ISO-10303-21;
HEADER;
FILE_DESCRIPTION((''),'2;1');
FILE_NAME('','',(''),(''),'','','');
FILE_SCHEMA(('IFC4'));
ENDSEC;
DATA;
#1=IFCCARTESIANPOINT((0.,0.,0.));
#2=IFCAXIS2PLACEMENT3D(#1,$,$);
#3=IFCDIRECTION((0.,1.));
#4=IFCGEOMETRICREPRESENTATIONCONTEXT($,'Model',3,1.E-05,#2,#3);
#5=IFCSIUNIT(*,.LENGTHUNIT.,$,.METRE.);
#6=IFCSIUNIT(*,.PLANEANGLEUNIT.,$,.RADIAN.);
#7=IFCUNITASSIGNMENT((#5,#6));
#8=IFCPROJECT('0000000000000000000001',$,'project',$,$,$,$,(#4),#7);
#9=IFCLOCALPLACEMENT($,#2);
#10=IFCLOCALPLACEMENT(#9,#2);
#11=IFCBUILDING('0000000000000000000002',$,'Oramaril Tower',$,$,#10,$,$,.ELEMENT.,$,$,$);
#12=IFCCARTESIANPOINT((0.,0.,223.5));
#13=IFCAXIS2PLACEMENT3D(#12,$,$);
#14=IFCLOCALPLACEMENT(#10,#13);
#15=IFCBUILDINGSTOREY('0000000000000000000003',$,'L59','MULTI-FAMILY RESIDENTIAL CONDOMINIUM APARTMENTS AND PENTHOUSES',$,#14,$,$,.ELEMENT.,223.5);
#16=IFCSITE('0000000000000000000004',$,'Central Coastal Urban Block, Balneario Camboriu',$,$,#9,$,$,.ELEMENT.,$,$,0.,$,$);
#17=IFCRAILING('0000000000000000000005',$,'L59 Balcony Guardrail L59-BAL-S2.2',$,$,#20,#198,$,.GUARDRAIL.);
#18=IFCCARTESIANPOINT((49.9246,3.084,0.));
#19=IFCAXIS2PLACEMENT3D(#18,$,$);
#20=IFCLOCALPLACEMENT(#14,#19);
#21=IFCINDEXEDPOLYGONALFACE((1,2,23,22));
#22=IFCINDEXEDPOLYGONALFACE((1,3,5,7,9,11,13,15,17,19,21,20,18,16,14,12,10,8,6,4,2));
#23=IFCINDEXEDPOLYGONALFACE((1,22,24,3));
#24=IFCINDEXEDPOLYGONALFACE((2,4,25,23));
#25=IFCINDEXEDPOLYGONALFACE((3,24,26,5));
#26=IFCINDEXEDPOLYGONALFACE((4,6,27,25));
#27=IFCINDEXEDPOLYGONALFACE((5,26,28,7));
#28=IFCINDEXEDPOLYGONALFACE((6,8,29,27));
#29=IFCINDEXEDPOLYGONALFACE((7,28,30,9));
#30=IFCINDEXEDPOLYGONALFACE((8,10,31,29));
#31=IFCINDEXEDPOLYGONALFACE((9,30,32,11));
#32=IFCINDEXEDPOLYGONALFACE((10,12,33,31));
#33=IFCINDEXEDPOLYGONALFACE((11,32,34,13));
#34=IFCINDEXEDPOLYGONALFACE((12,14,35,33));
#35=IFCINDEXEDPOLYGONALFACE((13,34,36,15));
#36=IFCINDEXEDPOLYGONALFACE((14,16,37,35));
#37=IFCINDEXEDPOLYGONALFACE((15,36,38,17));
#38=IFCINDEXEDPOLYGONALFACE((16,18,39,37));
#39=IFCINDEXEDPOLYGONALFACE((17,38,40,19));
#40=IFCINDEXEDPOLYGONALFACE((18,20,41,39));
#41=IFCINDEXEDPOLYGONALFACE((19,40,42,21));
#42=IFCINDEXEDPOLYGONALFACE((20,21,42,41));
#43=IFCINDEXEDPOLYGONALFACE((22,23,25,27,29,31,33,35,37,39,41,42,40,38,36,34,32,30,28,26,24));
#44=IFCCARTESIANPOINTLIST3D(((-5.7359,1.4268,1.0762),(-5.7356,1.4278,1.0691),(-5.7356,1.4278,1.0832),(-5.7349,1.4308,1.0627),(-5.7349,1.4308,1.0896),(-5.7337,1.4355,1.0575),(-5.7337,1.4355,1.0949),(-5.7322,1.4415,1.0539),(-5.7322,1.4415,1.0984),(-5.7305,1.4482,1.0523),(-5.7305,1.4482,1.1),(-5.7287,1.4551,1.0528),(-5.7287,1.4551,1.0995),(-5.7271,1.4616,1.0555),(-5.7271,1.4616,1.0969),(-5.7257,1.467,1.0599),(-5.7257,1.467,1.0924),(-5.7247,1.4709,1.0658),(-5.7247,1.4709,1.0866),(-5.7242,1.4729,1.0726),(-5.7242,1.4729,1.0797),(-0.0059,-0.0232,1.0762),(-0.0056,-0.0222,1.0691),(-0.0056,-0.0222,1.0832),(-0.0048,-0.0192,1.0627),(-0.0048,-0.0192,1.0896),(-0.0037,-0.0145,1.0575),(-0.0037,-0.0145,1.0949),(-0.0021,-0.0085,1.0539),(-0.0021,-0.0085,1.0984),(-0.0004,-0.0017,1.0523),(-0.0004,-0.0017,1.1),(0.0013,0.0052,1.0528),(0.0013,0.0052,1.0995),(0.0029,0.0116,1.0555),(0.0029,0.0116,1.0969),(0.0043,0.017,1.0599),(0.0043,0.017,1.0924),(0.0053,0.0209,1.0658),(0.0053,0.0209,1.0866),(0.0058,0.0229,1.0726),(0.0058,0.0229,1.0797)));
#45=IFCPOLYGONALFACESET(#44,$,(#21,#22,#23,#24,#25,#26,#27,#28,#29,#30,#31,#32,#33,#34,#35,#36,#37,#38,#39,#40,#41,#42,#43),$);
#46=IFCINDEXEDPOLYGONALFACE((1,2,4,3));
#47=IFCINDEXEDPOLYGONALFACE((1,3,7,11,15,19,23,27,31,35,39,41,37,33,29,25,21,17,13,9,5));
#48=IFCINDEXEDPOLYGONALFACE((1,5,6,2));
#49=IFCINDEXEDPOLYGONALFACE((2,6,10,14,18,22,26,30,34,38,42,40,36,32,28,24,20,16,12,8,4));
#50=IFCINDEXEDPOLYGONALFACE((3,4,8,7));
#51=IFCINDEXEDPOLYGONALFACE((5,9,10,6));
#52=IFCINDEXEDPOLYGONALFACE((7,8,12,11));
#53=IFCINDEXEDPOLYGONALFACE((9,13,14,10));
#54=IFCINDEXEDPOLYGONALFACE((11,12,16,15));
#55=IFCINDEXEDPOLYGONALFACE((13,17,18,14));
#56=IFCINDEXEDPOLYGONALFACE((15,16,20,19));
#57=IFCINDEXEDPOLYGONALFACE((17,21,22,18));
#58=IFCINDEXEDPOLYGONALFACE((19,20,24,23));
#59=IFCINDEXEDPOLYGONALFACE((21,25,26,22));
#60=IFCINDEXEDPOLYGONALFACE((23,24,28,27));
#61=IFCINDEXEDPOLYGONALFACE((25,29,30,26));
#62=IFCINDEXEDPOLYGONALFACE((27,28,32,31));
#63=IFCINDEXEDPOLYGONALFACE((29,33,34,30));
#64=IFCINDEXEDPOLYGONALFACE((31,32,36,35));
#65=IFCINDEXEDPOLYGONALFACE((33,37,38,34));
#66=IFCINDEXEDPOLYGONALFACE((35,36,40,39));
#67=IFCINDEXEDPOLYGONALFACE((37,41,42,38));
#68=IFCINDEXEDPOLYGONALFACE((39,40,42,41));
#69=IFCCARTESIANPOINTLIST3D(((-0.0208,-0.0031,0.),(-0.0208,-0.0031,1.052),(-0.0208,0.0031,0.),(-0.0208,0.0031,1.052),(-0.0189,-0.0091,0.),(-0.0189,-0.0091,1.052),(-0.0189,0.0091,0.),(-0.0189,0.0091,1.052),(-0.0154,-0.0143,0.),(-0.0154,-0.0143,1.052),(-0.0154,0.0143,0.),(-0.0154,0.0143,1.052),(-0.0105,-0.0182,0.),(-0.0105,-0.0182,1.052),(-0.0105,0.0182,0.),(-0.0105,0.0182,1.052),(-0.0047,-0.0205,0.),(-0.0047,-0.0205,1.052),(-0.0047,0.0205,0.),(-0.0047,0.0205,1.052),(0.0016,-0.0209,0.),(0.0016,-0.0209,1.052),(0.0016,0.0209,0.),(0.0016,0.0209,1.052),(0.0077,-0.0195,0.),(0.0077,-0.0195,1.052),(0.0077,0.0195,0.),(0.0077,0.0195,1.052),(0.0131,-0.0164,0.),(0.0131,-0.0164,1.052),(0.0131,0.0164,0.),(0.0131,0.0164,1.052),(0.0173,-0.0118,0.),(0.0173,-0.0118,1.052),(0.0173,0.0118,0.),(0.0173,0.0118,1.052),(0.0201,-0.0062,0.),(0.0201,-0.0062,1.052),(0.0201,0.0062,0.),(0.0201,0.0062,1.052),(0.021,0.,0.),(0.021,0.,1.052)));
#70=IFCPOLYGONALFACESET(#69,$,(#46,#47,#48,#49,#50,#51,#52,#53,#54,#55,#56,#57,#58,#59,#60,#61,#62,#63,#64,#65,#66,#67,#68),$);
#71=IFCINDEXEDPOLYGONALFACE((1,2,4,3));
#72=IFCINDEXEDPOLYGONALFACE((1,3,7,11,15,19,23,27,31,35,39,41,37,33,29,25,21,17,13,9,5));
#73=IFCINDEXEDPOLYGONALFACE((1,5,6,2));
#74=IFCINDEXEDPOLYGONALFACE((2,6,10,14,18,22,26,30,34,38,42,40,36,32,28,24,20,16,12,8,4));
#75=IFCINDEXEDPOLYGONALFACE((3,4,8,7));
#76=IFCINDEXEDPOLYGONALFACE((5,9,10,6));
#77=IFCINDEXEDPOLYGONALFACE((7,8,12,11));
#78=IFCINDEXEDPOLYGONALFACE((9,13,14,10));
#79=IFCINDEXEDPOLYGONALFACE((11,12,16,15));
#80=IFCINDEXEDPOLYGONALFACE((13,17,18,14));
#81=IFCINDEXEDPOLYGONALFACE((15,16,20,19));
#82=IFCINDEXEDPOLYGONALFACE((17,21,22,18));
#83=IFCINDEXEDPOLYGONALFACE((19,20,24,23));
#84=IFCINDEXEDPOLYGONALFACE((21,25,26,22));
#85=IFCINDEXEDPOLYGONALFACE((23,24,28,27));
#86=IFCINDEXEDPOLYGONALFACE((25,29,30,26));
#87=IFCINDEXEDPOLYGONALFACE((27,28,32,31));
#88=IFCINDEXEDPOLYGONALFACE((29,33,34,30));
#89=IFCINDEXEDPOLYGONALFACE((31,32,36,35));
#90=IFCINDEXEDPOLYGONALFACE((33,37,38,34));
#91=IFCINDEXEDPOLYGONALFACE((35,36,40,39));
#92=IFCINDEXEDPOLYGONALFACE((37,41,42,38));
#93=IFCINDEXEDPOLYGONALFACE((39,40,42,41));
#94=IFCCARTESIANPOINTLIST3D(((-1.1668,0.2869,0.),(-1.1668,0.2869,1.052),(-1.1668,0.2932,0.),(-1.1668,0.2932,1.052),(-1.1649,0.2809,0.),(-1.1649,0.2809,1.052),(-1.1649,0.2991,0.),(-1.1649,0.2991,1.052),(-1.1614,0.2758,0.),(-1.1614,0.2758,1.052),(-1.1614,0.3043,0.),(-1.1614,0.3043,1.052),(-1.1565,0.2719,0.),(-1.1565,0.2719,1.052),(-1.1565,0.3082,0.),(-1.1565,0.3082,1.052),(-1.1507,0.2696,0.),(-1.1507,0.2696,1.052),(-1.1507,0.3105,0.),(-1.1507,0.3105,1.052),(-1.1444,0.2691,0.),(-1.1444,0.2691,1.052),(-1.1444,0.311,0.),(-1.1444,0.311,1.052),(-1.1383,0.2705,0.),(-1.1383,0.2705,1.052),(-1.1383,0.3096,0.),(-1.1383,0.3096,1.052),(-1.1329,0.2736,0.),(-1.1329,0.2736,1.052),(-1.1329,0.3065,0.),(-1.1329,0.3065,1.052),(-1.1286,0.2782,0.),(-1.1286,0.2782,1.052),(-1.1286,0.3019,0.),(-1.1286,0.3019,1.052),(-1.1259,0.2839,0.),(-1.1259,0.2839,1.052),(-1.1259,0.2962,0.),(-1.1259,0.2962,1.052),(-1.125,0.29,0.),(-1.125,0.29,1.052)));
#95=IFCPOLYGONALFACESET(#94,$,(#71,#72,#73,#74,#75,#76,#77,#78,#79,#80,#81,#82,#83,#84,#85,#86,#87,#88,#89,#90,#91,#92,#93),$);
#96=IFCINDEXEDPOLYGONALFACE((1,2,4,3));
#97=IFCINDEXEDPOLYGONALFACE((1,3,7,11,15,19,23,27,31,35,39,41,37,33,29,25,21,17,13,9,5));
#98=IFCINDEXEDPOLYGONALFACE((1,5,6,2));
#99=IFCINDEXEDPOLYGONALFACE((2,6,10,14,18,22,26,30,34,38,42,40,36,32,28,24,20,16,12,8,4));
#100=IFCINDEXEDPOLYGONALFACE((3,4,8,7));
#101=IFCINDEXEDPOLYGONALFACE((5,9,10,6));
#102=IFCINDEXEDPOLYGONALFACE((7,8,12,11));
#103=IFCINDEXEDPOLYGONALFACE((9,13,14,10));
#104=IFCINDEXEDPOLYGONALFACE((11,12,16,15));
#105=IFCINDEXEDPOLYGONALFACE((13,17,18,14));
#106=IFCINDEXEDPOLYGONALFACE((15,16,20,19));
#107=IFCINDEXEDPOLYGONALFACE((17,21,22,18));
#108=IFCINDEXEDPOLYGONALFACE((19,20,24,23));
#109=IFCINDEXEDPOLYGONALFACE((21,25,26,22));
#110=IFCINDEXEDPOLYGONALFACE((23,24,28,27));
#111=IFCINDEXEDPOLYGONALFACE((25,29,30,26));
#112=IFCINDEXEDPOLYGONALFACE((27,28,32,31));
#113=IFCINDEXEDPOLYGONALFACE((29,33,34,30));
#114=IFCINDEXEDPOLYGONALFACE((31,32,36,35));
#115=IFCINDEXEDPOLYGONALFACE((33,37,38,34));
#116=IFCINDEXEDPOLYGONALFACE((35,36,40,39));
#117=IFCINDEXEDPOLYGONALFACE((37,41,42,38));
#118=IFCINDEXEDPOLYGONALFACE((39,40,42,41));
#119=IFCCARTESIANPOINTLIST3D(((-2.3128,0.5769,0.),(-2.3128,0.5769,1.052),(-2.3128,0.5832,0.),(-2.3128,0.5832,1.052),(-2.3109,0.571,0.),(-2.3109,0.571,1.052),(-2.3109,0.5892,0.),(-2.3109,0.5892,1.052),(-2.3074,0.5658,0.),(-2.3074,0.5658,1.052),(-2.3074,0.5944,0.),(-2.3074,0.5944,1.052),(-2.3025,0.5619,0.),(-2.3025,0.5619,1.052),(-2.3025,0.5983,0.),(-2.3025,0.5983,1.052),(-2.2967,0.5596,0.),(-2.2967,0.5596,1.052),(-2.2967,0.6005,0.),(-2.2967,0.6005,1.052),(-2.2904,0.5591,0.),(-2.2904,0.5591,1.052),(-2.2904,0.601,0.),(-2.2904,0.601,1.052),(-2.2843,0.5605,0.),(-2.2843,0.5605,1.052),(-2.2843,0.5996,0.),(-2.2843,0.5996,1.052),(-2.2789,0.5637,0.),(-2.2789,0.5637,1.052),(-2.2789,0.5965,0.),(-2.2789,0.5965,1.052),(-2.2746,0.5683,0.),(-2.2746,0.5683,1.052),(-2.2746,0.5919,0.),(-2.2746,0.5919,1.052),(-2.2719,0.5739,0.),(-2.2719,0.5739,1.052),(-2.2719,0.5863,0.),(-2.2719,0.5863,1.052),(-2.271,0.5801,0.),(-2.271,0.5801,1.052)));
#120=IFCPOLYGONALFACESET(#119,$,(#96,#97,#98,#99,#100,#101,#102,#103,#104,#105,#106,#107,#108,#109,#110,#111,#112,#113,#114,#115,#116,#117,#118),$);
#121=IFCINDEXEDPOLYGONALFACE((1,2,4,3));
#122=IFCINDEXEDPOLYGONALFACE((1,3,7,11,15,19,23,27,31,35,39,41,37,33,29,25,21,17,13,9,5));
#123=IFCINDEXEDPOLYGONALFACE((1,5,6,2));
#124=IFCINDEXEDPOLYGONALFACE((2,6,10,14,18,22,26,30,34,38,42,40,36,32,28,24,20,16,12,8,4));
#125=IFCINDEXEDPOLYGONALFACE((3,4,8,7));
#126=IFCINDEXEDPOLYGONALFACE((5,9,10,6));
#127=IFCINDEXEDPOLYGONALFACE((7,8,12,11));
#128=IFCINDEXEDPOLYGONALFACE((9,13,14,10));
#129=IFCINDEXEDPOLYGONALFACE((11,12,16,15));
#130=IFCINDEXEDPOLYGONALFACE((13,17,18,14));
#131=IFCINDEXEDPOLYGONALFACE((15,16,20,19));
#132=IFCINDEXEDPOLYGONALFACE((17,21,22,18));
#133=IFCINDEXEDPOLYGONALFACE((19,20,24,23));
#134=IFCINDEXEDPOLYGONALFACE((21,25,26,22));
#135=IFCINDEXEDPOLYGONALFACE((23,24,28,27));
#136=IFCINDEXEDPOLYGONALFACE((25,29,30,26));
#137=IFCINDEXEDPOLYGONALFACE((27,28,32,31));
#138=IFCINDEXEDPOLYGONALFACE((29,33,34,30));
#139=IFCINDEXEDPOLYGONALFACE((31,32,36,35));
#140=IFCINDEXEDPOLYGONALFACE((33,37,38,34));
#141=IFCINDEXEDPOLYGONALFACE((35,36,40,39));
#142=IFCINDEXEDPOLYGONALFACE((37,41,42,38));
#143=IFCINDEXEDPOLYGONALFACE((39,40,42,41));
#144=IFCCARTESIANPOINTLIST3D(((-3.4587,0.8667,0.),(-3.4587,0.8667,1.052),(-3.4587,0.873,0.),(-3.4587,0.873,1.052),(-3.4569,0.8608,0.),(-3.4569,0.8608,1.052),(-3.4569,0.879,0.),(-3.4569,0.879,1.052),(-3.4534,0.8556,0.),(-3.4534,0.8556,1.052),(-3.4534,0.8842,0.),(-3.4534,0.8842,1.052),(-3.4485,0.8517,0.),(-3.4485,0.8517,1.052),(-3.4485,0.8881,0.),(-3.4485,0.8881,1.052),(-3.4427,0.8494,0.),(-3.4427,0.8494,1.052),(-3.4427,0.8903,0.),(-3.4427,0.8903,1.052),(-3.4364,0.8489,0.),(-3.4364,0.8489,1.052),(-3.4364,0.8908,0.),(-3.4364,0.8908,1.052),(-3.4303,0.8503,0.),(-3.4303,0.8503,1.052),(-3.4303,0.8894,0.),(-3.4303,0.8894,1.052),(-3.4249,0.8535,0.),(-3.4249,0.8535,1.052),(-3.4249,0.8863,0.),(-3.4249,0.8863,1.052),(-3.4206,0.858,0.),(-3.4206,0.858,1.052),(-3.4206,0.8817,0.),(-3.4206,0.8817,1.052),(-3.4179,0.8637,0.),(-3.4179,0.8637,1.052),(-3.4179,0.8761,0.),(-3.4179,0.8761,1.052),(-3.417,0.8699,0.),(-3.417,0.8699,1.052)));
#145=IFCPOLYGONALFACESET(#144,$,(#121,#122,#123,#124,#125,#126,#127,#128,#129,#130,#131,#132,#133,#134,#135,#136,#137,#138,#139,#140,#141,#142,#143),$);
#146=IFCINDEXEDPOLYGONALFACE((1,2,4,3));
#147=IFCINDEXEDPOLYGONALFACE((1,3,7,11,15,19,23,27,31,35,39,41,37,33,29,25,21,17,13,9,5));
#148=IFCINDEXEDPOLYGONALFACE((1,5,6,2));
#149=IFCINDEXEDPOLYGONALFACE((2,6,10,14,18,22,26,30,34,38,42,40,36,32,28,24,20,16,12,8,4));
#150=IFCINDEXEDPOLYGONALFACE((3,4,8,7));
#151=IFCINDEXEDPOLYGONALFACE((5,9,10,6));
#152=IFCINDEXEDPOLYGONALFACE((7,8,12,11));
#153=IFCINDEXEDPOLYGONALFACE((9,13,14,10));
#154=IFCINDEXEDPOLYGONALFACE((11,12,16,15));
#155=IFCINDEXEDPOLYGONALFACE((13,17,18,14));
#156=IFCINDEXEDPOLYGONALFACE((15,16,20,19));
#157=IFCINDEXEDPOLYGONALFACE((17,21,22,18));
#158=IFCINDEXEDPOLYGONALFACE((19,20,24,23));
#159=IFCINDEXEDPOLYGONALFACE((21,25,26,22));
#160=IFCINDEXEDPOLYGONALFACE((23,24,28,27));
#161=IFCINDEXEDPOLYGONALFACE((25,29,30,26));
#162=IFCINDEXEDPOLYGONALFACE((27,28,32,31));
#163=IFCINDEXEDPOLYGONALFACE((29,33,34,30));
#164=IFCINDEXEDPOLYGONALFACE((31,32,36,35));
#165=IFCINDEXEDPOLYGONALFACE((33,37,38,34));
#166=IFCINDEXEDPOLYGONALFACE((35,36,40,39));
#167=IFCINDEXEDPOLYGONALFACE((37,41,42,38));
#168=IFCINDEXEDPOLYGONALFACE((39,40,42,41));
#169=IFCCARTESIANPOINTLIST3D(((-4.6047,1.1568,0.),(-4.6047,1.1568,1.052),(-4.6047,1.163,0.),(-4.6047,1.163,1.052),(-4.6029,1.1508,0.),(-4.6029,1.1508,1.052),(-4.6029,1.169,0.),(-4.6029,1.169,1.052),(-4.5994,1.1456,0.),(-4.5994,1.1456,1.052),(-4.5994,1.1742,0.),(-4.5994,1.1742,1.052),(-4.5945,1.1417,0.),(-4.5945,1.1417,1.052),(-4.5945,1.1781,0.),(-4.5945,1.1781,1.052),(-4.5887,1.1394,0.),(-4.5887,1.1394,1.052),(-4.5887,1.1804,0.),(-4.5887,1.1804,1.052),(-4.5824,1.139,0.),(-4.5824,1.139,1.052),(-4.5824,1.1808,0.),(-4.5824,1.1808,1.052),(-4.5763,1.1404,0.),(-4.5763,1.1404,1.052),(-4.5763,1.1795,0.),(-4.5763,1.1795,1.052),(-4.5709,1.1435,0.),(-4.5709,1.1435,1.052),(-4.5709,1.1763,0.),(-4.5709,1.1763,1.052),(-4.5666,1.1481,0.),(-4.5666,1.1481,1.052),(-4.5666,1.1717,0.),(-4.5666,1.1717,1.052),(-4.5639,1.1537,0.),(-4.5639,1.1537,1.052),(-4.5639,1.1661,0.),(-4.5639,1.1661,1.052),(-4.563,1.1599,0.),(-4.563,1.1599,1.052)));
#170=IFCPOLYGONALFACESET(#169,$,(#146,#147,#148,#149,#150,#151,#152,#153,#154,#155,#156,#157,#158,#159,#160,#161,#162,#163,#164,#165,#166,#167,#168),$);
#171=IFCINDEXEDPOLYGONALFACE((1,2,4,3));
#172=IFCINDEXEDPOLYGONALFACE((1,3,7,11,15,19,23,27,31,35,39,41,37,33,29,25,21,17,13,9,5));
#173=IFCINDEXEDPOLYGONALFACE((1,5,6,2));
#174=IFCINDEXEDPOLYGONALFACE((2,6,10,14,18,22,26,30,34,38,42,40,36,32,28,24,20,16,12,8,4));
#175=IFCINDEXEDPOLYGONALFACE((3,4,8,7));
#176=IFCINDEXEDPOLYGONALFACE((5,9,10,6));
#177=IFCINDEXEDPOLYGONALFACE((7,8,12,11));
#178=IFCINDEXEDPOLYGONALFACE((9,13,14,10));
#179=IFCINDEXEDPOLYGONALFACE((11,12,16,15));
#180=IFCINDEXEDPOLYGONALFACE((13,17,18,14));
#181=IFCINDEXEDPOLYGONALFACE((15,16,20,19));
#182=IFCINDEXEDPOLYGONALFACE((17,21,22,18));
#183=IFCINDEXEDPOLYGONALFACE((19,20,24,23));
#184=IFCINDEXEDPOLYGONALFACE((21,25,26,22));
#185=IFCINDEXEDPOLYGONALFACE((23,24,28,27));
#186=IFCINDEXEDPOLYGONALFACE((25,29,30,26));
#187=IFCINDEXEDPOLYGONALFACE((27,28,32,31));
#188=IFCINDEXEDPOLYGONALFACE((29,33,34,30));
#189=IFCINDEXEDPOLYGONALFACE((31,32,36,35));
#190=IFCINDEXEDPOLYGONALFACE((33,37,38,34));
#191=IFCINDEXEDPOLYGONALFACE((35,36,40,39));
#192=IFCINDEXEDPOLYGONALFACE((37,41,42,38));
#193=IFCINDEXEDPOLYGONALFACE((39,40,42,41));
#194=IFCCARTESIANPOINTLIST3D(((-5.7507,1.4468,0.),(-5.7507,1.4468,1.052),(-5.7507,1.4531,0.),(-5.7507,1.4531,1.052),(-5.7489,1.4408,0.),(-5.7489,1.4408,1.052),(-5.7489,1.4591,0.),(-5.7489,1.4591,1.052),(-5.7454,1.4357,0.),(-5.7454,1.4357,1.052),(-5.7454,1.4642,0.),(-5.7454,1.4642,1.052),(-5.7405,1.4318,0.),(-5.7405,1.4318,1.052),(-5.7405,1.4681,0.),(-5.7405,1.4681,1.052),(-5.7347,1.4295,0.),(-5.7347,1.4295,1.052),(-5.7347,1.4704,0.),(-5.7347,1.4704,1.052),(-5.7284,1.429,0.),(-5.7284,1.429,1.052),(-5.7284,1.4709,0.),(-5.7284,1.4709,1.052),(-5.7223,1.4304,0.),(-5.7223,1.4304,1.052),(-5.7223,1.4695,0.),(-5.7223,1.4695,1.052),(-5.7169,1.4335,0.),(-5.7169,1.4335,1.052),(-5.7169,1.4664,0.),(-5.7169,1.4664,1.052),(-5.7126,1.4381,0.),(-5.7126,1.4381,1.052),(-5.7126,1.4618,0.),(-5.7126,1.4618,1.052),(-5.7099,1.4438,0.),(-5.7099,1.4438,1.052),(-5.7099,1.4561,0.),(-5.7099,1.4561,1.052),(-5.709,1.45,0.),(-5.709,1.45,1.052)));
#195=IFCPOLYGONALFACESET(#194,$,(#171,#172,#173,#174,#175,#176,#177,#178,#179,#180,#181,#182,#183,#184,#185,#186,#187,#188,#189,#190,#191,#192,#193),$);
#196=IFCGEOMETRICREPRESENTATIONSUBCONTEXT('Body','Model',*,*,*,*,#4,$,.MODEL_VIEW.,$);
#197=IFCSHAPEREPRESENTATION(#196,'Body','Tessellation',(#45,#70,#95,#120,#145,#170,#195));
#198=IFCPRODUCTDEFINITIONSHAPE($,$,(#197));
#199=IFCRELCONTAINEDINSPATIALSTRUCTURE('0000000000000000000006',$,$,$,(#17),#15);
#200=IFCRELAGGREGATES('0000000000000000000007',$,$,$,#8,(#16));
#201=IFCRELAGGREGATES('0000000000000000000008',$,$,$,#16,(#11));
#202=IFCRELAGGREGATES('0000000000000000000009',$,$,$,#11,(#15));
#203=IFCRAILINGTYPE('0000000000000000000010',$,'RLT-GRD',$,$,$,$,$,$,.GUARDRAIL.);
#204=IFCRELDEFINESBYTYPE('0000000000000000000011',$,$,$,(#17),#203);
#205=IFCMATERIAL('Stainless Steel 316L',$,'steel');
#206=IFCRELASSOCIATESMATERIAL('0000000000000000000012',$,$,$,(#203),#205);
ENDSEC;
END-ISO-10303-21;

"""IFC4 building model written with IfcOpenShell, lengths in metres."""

from ifc_helpers import new_model, si_unit, direction, frame, origin, origin_2d, place, context, subcontext, project, spatial, circle, extrude, material, type_object, element, save


model = new_model("IFC4")

# Units and contexts
model_context = context("Model", 3, precision=1e-05, world=origin(), true_north=direction((0.0, 1.0)))
body_context = subcontext(model_context, "Body", "Model", "MODEL_VIEW")
ifc_project = project(units=[si_unit("LENGTHUNIT", "METRE"), si_unit("PLANEANGLEUNIT", "RADIAN")], contexts=[model_context])

# Site, building, storey
site_placement = place(None, origin())
site = spatial("IfcSite", under=ifc_project, at=site_placement, Name="Central Coastal Urban Block, Balneario Camboriu", CompositionType="ELEMENT", RefElevation=0.0)
building_placement = place(site_placement, origin())
building = spatial("IfcBuilding", under=site, at=building_placement, Name="Oramaril Tower", CompositionType="ELEMENT")
storey_placement = place(building_placement, frame((0.0, 0.0, 223.5)))
storey = spatial("IfcBuildingStorey", under=building, at=storey_placement, Name="L59", Description="MULTI-FAMILY RESIDENTIAL CONDOMINIUM APARTMENTS AND PENTHOUSES", CompositionType="ELEMENT", Elevation=223.5)

# Railing
ifc_material_1 = material(Name="Stainless Steel 316L", Category="steel")
railing_type = type_object("IfcRailingType", Name="RLT-GRD", PredefinedType="GUARDRAIL", material=ifc_material_1)
railing_1_placement = place(storey_placement, frame((49.9246, 3.084, 0.0)))
element("IfcRailing", 1, at=railing_1_placement, inside=storey, type_object=railing_type, Name="L59 Balcony Guardrail L59-BAL-S2.2", PredefinedType="GUARDRAIL", context=body_context, shape_type="SweptSolid", body=[
    extrude(circle(Radius=0.0239, at=origin_2d()), frame((0.0, 0.0, 1.0762), z_axis=(-0.969444, 0.245314, 0.0), x_axis=(-0.245314, -0.969444, 0.0)), (0.0, 0.0, 1.0), 5.9106),
    extrude(circle(Radius=0.021, at=origin_2d()), origin(), (0.0, 0.0, 1.0), 1.052),
    extrude(circle(Radius=0.021, at=origin_2d()), frame((-1.146, 0.29, 0.0)), (0.0, 0.0, 1.0), 1.052),
    extrude(circle(Radius=0.021, at=origin_2d()), frame((-2.292, 0.5801, 0.0)), (0.0, 0.0, 1.0), 1.052),
    extrude(circle(Radius=0.021, at=origin_2d()), frame((-3.438, 0.8699, 0.0)), (0.0, 0.0, 1.0), 1.052),
    extrude(circle(Radius=0.021, at=origin_2d()), frame((-4.584, 1.1599, 0.0)), (0.0, 0.0, 1.0), 1.052),
    extrude(circle(Radius=0.021, at=origin_2d()), frame((-5.73, 1.45, 0.0)), (0.0, 0.0, 1.0), 1.052),
])

save(model, "model.ifc")
